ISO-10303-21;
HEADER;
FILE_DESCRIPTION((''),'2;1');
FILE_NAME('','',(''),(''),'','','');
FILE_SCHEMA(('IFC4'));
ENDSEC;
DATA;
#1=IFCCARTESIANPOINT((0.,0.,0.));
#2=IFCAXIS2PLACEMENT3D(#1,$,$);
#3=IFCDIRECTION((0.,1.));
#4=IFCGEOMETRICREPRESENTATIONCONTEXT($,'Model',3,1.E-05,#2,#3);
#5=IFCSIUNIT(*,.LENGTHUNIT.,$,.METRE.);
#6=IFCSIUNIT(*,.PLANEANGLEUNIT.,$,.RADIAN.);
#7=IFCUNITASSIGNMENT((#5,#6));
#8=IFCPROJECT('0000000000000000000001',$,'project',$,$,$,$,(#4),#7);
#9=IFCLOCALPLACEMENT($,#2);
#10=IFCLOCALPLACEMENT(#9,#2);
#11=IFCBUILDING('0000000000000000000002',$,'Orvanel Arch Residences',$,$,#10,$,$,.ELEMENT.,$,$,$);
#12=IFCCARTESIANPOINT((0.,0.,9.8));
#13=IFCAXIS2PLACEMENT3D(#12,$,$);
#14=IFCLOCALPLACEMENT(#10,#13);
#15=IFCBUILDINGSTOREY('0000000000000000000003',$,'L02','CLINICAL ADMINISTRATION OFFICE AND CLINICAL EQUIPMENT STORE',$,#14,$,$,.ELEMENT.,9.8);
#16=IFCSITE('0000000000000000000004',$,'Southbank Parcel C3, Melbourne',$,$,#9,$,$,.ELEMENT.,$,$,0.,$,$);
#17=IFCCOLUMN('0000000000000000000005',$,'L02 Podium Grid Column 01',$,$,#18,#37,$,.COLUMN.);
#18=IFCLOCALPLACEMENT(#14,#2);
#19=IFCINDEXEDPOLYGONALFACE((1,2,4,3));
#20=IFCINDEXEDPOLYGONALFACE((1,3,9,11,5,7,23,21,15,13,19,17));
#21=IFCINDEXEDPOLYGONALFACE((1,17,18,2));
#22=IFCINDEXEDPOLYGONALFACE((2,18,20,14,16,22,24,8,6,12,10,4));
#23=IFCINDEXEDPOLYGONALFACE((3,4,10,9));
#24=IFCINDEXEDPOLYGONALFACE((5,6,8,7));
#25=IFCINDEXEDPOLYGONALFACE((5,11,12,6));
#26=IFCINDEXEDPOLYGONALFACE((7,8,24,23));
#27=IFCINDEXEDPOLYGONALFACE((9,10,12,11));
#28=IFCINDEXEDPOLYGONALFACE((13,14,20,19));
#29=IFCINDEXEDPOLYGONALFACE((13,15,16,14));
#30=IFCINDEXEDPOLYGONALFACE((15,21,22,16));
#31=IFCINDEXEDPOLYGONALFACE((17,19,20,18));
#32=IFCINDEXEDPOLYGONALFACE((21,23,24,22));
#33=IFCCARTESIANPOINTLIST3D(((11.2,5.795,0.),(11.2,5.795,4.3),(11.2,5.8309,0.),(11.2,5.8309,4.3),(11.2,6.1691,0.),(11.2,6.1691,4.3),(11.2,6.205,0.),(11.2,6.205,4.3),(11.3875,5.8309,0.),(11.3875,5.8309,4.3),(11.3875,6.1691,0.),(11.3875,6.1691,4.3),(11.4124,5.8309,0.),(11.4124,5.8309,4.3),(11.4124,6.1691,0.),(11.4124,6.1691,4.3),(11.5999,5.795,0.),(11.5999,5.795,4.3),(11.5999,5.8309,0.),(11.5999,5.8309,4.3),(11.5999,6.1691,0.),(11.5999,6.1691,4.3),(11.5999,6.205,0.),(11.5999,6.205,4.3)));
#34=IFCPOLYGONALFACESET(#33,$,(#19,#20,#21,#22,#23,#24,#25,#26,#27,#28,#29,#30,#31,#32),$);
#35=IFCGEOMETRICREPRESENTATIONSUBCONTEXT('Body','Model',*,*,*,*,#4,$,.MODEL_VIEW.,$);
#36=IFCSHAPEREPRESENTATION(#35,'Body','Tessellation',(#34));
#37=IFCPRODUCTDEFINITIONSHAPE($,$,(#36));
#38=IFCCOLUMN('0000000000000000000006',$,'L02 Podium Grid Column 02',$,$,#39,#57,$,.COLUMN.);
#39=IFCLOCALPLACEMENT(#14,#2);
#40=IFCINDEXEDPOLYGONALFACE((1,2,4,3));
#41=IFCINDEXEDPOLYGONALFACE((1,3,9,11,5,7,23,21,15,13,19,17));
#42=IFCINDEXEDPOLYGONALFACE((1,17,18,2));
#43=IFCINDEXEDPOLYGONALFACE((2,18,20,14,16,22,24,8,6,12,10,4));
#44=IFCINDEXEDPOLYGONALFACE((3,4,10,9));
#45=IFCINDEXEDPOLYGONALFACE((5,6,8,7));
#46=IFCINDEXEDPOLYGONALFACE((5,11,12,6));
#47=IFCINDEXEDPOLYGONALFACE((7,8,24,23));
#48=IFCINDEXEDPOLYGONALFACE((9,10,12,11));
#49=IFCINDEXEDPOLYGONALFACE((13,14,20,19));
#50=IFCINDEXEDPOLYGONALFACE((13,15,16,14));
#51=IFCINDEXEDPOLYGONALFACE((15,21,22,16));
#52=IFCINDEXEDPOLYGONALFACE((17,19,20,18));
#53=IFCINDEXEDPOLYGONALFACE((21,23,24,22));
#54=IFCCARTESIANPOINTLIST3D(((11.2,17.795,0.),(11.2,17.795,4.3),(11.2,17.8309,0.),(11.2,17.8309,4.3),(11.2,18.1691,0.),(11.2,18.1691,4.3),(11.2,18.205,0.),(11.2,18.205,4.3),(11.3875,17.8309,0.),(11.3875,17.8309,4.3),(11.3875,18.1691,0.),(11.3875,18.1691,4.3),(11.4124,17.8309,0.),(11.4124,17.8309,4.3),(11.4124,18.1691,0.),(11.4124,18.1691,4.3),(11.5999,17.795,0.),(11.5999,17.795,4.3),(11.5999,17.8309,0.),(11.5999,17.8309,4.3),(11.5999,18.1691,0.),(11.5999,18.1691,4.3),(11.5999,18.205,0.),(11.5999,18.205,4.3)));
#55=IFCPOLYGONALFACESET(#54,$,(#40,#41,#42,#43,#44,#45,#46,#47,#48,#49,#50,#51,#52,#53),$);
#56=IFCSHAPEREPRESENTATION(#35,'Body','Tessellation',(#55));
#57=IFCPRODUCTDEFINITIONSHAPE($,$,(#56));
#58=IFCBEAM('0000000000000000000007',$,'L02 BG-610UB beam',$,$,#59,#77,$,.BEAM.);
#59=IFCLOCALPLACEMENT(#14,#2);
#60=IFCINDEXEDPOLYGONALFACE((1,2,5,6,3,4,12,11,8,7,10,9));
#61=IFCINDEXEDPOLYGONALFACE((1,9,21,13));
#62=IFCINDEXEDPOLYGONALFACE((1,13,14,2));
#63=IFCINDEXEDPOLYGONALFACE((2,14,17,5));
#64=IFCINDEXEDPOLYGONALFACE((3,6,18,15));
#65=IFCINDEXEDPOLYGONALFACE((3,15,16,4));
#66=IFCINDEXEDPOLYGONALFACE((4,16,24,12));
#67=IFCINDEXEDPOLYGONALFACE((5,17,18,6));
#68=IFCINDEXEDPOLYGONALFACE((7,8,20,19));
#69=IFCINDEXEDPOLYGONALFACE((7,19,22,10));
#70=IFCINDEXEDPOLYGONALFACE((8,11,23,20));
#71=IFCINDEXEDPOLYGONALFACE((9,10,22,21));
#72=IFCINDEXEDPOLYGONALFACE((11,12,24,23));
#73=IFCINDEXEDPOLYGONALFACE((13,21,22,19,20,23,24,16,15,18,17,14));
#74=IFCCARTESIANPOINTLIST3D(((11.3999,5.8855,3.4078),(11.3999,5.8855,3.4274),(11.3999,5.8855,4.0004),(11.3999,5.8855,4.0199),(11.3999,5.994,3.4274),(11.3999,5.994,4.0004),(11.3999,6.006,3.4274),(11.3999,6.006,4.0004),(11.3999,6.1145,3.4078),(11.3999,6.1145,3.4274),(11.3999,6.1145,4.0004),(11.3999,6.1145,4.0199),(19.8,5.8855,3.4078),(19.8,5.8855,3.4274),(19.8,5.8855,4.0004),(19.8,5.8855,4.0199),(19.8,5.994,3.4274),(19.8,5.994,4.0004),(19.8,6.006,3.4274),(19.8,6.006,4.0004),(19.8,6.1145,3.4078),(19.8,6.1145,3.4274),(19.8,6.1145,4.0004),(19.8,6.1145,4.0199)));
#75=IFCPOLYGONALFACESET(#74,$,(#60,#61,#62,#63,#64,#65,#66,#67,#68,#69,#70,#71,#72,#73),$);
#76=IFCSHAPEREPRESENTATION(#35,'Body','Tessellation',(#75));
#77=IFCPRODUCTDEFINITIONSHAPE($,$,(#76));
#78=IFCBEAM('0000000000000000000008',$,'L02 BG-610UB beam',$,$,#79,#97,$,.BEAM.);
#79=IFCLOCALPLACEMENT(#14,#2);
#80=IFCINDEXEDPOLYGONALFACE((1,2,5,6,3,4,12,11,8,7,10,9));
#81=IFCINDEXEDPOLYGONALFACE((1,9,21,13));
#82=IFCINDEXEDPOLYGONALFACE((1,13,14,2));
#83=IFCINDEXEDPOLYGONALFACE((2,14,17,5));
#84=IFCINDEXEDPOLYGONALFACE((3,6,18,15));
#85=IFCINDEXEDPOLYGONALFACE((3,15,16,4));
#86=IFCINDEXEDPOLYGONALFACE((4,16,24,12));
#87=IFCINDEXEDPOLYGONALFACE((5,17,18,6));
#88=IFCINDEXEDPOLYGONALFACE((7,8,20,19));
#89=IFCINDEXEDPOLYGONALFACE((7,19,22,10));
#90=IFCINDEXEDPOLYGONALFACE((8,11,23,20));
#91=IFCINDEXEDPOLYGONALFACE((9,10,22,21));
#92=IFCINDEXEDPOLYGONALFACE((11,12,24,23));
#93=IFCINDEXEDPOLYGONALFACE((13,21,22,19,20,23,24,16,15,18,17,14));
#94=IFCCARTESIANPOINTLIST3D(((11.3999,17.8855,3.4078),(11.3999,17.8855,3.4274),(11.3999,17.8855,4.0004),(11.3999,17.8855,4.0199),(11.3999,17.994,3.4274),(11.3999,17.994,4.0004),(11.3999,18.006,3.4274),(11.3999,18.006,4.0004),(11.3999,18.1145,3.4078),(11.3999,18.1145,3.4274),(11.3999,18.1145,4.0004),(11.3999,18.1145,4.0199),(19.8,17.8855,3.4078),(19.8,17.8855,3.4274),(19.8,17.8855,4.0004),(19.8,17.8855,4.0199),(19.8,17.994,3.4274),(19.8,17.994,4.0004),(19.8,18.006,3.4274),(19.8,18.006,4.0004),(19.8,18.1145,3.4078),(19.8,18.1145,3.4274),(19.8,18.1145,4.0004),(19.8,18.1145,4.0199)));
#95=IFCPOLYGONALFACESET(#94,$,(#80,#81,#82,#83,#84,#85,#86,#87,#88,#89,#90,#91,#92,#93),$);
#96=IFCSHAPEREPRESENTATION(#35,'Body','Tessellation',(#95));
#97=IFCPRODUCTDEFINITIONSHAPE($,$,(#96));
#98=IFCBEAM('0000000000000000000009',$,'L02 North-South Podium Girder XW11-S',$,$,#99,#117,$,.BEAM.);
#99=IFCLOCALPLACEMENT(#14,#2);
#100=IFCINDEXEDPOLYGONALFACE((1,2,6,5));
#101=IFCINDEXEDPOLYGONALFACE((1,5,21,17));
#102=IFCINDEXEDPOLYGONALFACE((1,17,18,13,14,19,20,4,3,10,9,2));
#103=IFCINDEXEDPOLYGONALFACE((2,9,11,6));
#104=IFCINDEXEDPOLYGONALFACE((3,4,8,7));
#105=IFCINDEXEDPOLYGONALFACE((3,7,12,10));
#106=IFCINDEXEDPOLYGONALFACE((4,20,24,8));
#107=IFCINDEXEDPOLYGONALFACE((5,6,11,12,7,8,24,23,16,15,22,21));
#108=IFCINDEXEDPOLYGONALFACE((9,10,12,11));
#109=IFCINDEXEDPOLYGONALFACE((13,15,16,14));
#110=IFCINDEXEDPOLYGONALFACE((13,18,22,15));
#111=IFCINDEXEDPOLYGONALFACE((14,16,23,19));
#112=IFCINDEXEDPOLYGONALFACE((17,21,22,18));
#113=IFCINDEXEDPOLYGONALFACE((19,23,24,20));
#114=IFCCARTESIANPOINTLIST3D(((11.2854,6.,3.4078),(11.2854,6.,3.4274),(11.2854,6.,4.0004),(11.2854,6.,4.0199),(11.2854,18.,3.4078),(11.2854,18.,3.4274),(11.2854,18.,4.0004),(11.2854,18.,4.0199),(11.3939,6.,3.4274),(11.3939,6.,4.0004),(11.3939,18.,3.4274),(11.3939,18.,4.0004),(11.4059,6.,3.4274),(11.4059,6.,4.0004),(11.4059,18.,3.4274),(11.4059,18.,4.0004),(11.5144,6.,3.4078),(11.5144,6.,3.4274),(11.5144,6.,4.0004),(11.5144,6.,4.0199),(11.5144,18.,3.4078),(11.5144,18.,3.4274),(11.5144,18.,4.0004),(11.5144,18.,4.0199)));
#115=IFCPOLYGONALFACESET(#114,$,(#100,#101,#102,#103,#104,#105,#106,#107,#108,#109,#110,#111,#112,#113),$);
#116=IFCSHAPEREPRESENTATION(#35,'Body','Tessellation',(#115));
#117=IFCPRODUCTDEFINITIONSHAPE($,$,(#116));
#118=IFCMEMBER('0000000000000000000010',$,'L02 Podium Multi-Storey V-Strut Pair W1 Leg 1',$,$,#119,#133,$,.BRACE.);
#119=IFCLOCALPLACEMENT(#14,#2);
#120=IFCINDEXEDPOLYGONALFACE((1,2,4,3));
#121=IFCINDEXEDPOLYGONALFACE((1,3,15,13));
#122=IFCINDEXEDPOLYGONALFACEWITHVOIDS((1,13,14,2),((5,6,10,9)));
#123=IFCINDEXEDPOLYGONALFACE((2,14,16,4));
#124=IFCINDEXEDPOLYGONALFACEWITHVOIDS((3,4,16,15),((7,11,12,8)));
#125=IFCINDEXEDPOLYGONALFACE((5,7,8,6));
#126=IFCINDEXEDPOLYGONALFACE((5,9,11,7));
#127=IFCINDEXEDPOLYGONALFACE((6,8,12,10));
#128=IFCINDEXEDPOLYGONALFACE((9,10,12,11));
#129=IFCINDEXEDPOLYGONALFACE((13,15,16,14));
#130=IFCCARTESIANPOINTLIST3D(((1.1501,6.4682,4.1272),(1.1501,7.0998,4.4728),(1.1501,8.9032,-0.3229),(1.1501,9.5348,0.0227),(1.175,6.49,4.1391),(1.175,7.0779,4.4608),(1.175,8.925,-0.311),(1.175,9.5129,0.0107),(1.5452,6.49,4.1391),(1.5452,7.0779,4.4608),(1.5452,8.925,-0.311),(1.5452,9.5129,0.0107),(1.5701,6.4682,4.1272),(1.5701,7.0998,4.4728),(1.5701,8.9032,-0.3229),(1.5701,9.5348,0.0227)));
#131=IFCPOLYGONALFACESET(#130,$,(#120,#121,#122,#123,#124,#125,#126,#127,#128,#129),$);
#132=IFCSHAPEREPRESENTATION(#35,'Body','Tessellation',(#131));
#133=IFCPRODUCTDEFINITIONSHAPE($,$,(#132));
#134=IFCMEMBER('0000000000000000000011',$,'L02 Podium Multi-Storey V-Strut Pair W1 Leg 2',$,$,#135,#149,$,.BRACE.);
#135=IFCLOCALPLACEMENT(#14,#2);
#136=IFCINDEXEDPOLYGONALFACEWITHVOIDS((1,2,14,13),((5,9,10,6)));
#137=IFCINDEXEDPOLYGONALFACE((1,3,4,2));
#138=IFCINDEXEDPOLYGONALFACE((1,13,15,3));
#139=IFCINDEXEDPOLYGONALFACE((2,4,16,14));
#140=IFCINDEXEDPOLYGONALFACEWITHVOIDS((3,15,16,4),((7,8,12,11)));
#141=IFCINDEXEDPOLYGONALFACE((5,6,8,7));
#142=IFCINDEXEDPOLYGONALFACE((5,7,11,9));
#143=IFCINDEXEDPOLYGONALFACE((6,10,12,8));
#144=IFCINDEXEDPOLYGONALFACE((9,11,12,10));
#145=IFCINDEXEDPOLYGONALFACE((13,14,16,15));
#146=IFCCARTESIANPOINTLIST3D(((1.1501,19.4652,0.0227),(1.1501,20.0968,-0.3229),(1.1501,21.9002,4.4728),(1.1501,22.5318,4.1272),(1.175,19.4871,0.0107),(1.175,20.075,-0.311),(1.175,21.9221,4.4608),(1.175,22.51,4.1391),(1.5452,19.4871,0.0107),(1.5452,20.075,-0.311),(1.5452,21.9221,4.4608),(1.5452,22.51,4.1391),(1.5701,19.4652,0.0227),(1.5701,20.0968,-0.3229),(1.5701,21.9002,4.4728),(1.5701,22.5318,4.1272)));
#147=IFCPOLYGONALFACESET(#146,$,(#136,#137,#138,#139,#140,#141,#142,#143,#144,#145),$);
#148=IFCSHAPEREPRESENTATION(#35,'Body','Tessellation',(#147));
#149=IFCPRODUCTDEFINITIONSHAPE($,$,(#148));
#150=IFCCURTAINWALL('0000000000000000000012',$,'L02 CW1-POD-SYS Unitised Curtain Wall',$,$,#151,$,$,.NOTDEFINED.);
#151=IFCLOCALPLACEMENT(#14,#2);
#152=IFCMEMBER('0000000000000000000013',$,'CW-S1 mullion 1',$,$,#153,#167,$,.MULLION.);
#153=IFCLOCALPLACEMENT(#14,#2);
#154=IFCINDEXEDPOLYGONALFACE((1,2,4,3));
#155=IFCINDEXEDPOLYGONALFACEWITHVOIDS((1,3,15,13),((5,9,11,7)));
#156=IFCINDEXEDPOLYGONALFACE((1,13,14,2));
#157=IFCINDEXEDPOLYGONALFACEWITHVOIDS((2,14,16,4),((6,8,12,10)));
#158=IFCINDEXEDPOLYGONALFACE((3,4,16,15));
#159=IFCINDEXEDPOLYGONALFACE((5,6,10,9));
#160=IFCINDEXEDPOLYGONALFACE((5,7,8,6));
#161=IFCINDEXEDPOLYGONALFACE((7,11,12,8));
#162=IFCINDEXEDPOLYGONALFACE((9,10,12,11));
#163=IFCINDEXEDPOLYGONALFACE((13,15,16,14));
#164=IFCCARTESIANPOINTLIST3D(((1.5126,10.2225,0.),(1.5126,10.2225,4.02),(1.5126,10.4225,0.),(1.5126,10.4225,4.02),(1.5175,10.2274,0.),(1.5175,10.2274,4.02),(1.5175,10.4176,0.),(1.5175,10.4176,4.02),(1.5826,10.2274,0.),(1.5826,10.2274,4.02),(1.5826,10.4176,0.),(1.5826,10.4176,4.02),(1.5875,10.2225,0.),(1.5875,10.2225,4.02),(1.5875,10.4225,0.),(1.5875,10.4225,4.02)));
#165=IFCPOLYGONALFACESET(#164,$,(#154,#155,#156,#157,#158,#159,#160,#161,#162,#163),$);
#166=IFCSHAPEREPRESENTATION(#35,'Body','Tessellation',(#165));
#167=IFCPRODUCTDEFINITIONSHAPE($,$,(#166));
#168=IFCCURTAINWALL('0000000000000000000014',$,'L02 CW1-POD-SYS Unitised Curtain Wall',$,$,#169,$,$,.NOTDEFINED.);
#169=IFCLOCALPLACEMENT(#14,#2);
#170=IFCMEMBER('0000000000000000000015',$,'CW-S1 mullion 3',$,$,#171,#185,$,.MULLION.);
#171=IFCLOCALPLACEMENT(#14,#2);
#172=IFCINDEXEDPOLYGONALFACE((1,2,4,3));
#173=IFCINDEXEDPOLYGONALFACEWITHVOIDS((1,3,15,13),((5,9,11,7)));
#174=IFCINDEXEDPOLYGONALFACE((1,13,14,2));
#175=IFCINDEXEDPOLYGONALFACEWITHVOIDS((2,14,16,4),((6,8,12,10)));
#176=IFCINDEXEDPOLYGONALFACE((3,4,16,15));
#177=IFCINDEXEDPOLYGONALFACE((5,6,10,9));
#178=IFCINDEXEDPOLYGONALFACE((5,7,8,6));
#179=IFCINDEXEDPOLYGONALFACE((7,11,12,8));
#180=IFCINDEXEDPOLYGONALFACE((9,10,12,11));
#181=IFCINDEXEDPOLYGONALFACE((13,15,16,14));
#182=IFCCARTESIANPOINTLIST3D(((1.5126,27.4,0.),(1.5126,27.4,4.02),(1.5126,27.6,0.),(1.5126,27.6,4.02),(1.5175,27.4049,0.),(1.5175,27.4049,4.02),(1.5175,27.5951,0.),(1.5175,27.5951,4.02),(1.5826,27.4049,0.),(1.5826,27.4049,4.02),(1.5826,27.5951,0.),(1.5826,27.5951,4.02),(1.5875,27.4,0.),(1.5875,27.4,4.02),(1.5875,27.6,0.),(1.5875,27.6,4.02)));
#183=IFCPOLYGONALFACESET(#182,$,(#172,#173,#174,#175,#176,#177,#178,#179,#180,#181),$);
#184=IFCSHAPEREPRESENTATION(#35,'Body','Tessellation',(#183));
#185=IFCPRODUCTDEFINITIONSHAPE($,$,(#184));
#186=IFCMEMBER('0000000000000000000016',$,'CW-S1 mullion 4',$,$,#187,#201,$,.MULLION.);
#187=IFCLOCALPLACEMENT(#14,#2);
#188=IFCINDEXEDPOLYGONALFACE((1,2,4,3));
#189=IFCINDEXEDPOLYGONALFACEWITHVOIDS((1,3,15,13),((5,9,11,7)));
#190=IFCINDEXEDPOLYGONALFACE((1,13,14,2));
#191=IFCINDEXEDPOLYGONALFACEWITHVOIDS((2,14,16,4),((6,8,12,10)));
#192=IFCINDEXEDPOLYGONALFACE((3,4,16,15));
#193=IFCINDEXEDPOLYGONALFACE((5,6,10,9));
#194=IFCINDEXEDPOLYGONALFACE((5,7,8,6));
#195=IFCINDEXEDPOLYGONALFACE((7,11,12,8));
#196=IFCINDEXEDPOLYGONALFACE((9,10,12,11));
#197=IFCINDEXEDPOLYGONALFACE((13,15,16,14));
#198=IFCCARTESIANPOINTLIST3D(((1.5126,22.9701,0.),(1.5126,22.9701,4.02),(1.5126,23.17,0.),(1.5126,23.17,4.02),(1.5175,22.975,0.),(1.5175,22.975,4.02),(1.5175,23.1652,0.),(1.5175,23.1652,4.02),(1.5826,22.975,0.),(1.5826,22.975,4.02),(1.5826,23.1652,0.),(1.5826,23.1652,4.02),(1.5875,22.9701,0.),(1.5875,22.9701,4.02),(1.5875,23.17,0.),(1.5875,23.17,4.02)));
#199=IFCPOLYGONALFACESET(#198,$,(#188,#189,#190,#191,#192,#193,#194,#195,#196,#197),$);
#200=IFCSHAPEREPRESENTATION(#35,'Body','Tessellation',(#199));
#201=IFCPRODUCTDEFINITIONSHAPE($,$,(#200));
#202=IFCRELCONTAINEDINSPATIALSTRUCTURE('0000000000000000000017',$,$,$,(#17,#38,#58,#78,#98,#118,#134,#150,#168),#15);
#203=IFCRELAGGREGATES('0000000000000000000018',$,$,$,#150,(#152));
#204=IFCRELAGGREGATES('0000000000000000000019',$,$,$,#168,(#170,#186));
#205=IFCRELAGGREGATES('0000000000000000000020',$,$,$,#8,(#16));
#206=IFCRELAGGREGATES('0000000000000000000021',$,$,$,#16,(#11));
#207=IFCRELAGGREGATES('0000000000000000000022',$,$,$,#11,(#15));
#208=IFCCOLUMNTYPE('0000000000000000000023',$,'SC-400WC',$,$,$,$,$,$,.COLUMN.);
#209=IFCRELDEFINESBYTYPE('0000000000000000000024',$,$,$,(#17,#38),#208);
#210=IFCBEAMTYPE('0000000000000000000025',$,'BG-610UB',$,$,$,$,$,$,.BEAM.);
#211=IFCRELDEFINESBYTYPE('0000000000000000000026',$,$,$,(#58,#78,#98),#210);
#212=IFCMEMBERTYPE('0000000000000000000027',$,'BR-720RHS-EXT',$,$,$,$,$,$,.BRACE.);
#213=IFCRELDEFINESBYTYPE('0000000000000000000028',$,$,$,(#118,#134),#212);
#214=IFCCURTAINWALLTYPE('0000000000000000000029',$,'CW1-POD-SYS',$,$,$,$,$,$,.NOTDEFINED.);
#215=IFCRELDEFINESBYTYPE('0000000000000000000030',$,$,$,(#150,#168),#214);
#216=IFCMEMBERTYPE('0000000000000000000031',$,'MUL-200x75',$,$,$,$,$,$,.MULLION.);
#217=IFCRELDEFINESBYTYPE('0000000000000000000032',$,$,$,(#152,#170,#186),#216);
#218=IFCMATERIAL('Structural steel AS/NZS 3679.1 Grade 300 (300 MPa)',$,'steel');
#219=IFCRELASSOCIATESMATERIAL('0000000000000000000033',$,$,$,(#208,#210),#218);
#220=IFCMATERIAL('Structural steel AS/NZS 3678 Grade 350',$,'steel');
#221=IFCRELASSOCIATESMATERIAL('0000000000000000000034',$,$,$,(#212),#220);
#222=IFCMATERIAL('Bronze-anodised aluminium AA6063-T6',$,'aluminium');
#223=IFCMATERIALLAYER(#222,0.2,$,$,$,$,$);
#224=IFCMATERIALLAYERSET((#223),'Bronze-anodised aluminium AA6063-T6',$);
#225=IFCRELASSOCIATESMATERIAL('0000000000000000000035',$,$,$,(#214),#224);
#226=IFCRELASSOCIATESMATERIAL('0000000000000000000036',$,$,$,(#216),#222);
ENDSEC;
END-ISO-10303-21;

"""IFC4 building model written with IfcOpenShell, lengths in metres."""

from ifc_helpers import new_model, si_unit, direction, frame, origin, origin_2d, place, context, subcontext, project, spatial, hollow_rectangle, i_section, extrude, material, layer, layer_set, material_profile, profile_set, type_object, element, aggregate, save


model = new_model("IFC4")

# Units and contexts
model_context = context("Model", 3, precision=1e-05, world=origin(), true_north=direction((0.0, 1.0)))
body_context = subcontext(model_context, "Body", "Model", "MODEL_VIEW")
ifc_project = project(units=[si_unit("LENGTHUNIT", "METRE"), si_unit("PLANEANGLEUNIT", "RADIAN")], contexts=[model_context])

# Site, building, storey
site_placement = place(None, origin())
site = spatial("IfcSite", under=ifc_project, at=site_placement, Name="Southbank Parcel C3, Melbourne", CompositionType="ELEMENT", RefElevation=0.0)
building_placement = place(site_placement, origin())
building = spatial("IfcBuilding", under=site, at=building_placement, Name="Orvanel Arch Residences", CompositionType="ELEMENT")
storey_placement = place(building_placement, frame((0.0, 0.0, 9.8)))
storey = spatial("IfcBuildingStorey", under=building, at=storey_placement, Name="L02", Description="CLINICAL ADMINISTRATION OFFICE AND CLINICAL EQUIPMENT STORE", CompositionType="ELEMENT", Elevation=9.8)

# Columns
ifc_material_1 = material(Name="Structural steel AS/NZS 3679.1 Grade 300 (300 MPa)", Category="steel")
ifc_material_profile_1 = material_profile(ifc_material_1, i_section(OverallWidth=0.3999, OverallDepth=0.4099, WebThickness=0.0249, FlangeThickness=0.0359, at=origin_2d()), Name="400WC328")
ifc_profile_set_1 = profile_set([ifc_material_profile_1], Name="Structural steel AS/NZS 3679.1 Grade 300 (300 MPa)")
column_type = type_object("IfcColumnType", Name="SC-400WC", PredefinedType="COLUMN", material=ifc_profile_set_1)
for number, where, z_axis, x_axis, name in (
    (1, (11.3999, 6.0, 0.0), (0.0, 0.0, 1.0), (1.0, 0.0, 0.0), "L02 Podium Grid Column 01"),
    (2, (11.3999, 18.0, 0.0), (0.0, 0.0, 1.0), (1.0, 0.0, 0.0), "L02 Podium Grid Column 02"),
):
    element("IfcColumn", number, at=place(storey_placement, frame(where, z_axis=z_axis, x_axis=x_axis)), inside=storey, type_object=column_type, Name=name, PredefinedType="COLUMN", context=body_context, shape_type="SweptSolid", body=[
        extrude(i_section(OverallWidth=0.3999, OverallDepth=0.4099, WebThickness=0.0249, FlangeThickness=0.0359, at=origin_2d()), origin(), (0.0, 0.0, 1.0), 4.3),
    ])

# Beams
ifc_material_profile_2 = material_profile(ifc_material_1, i_section(OverallWidth=0.229, OverallDepth=0.6121, WebThickness=0.012, FlangeThickness=0.0195, at=origin_2d()), Name="610UB125")
ifc_profile_set_2 = profile_set([ifc_material_profile_2], Name="Structural steel AS/NZS 3679.1 Grade 300 (300 MPa)")
beam_type = type_object("IfcBeamType", Name="BG-610UB", PredefinedType="BEAM", material=ifc_profile_set_2)
for number, where, z_axis, x_axis, name in (
    (3, (11.3999, 6.0, 3.7139), (1.0, 0.0, 0.0), (0.0, 1.0, 0.0), "L02 BG-610UB beam"),
    (4, (11.3999, 18.0, 3.7139), (1.0, 0.0, 0.0), (0.0, 1.0, 0.0), "L02 BG-610UB beam"),
):
    element("IfcBeam", number, at=place(storey_placement, frame(where, z_axis=z_axis, x_axis=x_axis)), inside=storey, type_object=beam_type, Name=name, PredefinedType="BEAM", context=body_context, shape_type="SweptSolid", body=[
        extrude(i_section(OverallWidth=0.229, OverallDepth=0.6121, WebThickness=0.012, FlangeThickness=0.0195, at=origin_2d()), origin(), (0.0, 0.0, 1.0), 8.4001),
    ])
beam_placement = place(storey_placement, frame((11.3999, 6.0, 3.7139), z_axis=(0.0, 1.0, 0.0), x_axis=(-1.0, 0.0, 0.0)))
element("IfcBeam", 5, at=beam_placement, inside=storey, type_object=beam_type, Name="L02 North-South Podium Girder XW11-S", PredefinedType="BEAM", context=body_context, shape_type="SweptSolid", body=[
    extrude(i_section(OverallWidth=0.229, OverallDepth=0.6121, WebThickness=0.012, FlangeThickness=0.0195, at=origin_2d()), origin(), (0.0, 0.0, 1.0), 12.0),
])

# Members
ifc_material_2 = material(Name="Structural steel AS/NZS 3678 Grade 350", Category="steel")
ifc_material_profile_3 = material_profile(ifc_material_2, hollow_rectangle(XDim=0.4199, YDim=0.72, WallThickness=0.0249, at=origin_2d()), Name="RHS720x420x25")
ifc_profile_set_3 = profile_set([ifc_material_profile_3], Name="Structural steel AS/NZS 3678 Grade 350")
member_type_1 = type_object("IfcMemberType", Name="BR-720RHS-EXT", PredefinedType="BRACE", material=ifc_profile_set_3)
for number, where, z_axis, x_axis, name in (
    (6, (1.3601, 9.219, -0.1501), (0.0, -0.480018, 0.877258), (1.0, 0.0, 0.0), "L02 Podium Multi-Storey V-Strut Pair W1 Leg 1"),
    (7, (1.3601, 19.781, -0.1501), (0.0, 0.480018, 0.877258), (-1.0, 0.0, 0.0), "L02 Podium Multi-Storey V-Strut Pair W1 Leg 2"),
):
    element("IfcMember", number, at=place(storey_placement, frame(where, z_axis=z_axis, x_axis=x_axis)), inside=storey, type_object=member_type_1, Name=name, PredefinedType="BRACE", context=body_context, shape_type="SweptSolid", body=[
        extrude(hollow_rectangle(XDim=0.4199, YDim=0.72, WallThickness=0.0249, at=origin_2d()), origin(), (0.0, 0.0, 1.0), 5.0728),
    ])

# Curtain wall, member
ifc_material_3 = material(Name="Bronze-anodised aluminium AA6063-T6", Category="aluminium")
ifc_layer_1 = layer(ifc_material_3, 0.2)
ifc_layer_set_1 = layer_set([ifc_layer_1], Name="Bronze-anodised aluminium AA6063-T6")
curtain_wall_type = type_object("IfcCurtainWallType", Name="CW1-POD-SYS", PredefinedType="NOTDEFINED", material=ifc_layer_set_1)
curtain_wall_1_placement = place(storey_placement, origin())
curtain_wall_1 = element("IfcCurtainWall", 8, at=curtain_wall_1_placement, inside=storey, type_object=curtain_wall_type, Name="L02 CW1-POD-SYS Unitised Curtain Wall", PredefinedType="NOTDEFINED")
ifc_material_profile_4 = material_profile(ifc_material_3, hollow_rectangle(XDim=0.075, YDim=0.2, WallThickness=0.0049, at=origin_2d()), Name="ALU200x75x5")
ifc_profile_set_4 = profile_set([ifc_material_profile_4], Name="Bronze-anodised aluminium AA6063-T6")
member_type_2 = type_object("IfcMemberType", Name="MUL-200x75", PredefinedType="MULLION", material=ifc_profile_set_4)
member_1_placement = place(storey_placement, frame((1.55, 10.3225, 0.0), z_axis=(0.0, 0.0, 1.0), x_axis=(1.0, 0.0, 0.0)))
member_1 = element("IfcMember", 9, at=member_1_placement, type_object=member_type_2, Name="CW-S1 mullion 1", PredefinedType="MULLION", context=body_context, shape_type="SweptSolid", body=[
    extrude(hollow_rectangle(XDim=0.075, YDim=0.2, WallThickness=0.0049, at=origin_2d()), origin(), (0.0, 0.0, 1.0), 4.02),
])

# Curtain wall, members
curtain_wall_2_placement = place(storey_placement, origin())
curtain_wall_2 = element("IfcCurtainWall", 10, at=curtain_wall_2_placement, inside=storey, type_object=curtain_wall_type, Name="L02 CW1-POD-SYS Unitised Curtain Wall", PredefinedType="NOTDEFINED")
member_2_placement = place(storey_placement, frame((1.55, 27.5, 0.0), z_axis=(0.0, 0.0, 1.0), x_axis=(1.0, 0.0, 0.0)))
member_2 = element("IfcMember", 11, at=member_2_placement, type_object=member_type_2, Name="CW-S1 mullion 3", PredefinedType="MULLION", context=body_context, shape_type="SweptSolid", body=[
    extrude(hollow_rectangle(XDim=0.075, YDim=0.2, WallThickness=0.0049, at=origin_2d()), origin(), (0.0, 0.0, 1.0), 4.02),
])
member_3_placement = place(storey_placement, frame((1.55, 23.0701, 0.0), z_axis=(0.0, 0.0, 1.0), x_axis=(1.0, 0.0, 0.0)))
member_3 = element("IfcMember", 12, at=member_3_placement, type_object=member_type_2, Name="CW-S1 mullion 4", PredefinedType="MULLION", context=body_context, shape_type="SweptSolid", body=[
    extrude(hollow_rectangle(XDim=0.075, YDim=0.2, WallThickness=0.0049, at=origin_2d()), origin(), (0.0, 0.0, 1.0), 4.02),
])

aggregate(curtain_wall_1, [member_1])
aggregate(curtain_wall_2, [member_2, member_3])

save(model, "model.ifc")
